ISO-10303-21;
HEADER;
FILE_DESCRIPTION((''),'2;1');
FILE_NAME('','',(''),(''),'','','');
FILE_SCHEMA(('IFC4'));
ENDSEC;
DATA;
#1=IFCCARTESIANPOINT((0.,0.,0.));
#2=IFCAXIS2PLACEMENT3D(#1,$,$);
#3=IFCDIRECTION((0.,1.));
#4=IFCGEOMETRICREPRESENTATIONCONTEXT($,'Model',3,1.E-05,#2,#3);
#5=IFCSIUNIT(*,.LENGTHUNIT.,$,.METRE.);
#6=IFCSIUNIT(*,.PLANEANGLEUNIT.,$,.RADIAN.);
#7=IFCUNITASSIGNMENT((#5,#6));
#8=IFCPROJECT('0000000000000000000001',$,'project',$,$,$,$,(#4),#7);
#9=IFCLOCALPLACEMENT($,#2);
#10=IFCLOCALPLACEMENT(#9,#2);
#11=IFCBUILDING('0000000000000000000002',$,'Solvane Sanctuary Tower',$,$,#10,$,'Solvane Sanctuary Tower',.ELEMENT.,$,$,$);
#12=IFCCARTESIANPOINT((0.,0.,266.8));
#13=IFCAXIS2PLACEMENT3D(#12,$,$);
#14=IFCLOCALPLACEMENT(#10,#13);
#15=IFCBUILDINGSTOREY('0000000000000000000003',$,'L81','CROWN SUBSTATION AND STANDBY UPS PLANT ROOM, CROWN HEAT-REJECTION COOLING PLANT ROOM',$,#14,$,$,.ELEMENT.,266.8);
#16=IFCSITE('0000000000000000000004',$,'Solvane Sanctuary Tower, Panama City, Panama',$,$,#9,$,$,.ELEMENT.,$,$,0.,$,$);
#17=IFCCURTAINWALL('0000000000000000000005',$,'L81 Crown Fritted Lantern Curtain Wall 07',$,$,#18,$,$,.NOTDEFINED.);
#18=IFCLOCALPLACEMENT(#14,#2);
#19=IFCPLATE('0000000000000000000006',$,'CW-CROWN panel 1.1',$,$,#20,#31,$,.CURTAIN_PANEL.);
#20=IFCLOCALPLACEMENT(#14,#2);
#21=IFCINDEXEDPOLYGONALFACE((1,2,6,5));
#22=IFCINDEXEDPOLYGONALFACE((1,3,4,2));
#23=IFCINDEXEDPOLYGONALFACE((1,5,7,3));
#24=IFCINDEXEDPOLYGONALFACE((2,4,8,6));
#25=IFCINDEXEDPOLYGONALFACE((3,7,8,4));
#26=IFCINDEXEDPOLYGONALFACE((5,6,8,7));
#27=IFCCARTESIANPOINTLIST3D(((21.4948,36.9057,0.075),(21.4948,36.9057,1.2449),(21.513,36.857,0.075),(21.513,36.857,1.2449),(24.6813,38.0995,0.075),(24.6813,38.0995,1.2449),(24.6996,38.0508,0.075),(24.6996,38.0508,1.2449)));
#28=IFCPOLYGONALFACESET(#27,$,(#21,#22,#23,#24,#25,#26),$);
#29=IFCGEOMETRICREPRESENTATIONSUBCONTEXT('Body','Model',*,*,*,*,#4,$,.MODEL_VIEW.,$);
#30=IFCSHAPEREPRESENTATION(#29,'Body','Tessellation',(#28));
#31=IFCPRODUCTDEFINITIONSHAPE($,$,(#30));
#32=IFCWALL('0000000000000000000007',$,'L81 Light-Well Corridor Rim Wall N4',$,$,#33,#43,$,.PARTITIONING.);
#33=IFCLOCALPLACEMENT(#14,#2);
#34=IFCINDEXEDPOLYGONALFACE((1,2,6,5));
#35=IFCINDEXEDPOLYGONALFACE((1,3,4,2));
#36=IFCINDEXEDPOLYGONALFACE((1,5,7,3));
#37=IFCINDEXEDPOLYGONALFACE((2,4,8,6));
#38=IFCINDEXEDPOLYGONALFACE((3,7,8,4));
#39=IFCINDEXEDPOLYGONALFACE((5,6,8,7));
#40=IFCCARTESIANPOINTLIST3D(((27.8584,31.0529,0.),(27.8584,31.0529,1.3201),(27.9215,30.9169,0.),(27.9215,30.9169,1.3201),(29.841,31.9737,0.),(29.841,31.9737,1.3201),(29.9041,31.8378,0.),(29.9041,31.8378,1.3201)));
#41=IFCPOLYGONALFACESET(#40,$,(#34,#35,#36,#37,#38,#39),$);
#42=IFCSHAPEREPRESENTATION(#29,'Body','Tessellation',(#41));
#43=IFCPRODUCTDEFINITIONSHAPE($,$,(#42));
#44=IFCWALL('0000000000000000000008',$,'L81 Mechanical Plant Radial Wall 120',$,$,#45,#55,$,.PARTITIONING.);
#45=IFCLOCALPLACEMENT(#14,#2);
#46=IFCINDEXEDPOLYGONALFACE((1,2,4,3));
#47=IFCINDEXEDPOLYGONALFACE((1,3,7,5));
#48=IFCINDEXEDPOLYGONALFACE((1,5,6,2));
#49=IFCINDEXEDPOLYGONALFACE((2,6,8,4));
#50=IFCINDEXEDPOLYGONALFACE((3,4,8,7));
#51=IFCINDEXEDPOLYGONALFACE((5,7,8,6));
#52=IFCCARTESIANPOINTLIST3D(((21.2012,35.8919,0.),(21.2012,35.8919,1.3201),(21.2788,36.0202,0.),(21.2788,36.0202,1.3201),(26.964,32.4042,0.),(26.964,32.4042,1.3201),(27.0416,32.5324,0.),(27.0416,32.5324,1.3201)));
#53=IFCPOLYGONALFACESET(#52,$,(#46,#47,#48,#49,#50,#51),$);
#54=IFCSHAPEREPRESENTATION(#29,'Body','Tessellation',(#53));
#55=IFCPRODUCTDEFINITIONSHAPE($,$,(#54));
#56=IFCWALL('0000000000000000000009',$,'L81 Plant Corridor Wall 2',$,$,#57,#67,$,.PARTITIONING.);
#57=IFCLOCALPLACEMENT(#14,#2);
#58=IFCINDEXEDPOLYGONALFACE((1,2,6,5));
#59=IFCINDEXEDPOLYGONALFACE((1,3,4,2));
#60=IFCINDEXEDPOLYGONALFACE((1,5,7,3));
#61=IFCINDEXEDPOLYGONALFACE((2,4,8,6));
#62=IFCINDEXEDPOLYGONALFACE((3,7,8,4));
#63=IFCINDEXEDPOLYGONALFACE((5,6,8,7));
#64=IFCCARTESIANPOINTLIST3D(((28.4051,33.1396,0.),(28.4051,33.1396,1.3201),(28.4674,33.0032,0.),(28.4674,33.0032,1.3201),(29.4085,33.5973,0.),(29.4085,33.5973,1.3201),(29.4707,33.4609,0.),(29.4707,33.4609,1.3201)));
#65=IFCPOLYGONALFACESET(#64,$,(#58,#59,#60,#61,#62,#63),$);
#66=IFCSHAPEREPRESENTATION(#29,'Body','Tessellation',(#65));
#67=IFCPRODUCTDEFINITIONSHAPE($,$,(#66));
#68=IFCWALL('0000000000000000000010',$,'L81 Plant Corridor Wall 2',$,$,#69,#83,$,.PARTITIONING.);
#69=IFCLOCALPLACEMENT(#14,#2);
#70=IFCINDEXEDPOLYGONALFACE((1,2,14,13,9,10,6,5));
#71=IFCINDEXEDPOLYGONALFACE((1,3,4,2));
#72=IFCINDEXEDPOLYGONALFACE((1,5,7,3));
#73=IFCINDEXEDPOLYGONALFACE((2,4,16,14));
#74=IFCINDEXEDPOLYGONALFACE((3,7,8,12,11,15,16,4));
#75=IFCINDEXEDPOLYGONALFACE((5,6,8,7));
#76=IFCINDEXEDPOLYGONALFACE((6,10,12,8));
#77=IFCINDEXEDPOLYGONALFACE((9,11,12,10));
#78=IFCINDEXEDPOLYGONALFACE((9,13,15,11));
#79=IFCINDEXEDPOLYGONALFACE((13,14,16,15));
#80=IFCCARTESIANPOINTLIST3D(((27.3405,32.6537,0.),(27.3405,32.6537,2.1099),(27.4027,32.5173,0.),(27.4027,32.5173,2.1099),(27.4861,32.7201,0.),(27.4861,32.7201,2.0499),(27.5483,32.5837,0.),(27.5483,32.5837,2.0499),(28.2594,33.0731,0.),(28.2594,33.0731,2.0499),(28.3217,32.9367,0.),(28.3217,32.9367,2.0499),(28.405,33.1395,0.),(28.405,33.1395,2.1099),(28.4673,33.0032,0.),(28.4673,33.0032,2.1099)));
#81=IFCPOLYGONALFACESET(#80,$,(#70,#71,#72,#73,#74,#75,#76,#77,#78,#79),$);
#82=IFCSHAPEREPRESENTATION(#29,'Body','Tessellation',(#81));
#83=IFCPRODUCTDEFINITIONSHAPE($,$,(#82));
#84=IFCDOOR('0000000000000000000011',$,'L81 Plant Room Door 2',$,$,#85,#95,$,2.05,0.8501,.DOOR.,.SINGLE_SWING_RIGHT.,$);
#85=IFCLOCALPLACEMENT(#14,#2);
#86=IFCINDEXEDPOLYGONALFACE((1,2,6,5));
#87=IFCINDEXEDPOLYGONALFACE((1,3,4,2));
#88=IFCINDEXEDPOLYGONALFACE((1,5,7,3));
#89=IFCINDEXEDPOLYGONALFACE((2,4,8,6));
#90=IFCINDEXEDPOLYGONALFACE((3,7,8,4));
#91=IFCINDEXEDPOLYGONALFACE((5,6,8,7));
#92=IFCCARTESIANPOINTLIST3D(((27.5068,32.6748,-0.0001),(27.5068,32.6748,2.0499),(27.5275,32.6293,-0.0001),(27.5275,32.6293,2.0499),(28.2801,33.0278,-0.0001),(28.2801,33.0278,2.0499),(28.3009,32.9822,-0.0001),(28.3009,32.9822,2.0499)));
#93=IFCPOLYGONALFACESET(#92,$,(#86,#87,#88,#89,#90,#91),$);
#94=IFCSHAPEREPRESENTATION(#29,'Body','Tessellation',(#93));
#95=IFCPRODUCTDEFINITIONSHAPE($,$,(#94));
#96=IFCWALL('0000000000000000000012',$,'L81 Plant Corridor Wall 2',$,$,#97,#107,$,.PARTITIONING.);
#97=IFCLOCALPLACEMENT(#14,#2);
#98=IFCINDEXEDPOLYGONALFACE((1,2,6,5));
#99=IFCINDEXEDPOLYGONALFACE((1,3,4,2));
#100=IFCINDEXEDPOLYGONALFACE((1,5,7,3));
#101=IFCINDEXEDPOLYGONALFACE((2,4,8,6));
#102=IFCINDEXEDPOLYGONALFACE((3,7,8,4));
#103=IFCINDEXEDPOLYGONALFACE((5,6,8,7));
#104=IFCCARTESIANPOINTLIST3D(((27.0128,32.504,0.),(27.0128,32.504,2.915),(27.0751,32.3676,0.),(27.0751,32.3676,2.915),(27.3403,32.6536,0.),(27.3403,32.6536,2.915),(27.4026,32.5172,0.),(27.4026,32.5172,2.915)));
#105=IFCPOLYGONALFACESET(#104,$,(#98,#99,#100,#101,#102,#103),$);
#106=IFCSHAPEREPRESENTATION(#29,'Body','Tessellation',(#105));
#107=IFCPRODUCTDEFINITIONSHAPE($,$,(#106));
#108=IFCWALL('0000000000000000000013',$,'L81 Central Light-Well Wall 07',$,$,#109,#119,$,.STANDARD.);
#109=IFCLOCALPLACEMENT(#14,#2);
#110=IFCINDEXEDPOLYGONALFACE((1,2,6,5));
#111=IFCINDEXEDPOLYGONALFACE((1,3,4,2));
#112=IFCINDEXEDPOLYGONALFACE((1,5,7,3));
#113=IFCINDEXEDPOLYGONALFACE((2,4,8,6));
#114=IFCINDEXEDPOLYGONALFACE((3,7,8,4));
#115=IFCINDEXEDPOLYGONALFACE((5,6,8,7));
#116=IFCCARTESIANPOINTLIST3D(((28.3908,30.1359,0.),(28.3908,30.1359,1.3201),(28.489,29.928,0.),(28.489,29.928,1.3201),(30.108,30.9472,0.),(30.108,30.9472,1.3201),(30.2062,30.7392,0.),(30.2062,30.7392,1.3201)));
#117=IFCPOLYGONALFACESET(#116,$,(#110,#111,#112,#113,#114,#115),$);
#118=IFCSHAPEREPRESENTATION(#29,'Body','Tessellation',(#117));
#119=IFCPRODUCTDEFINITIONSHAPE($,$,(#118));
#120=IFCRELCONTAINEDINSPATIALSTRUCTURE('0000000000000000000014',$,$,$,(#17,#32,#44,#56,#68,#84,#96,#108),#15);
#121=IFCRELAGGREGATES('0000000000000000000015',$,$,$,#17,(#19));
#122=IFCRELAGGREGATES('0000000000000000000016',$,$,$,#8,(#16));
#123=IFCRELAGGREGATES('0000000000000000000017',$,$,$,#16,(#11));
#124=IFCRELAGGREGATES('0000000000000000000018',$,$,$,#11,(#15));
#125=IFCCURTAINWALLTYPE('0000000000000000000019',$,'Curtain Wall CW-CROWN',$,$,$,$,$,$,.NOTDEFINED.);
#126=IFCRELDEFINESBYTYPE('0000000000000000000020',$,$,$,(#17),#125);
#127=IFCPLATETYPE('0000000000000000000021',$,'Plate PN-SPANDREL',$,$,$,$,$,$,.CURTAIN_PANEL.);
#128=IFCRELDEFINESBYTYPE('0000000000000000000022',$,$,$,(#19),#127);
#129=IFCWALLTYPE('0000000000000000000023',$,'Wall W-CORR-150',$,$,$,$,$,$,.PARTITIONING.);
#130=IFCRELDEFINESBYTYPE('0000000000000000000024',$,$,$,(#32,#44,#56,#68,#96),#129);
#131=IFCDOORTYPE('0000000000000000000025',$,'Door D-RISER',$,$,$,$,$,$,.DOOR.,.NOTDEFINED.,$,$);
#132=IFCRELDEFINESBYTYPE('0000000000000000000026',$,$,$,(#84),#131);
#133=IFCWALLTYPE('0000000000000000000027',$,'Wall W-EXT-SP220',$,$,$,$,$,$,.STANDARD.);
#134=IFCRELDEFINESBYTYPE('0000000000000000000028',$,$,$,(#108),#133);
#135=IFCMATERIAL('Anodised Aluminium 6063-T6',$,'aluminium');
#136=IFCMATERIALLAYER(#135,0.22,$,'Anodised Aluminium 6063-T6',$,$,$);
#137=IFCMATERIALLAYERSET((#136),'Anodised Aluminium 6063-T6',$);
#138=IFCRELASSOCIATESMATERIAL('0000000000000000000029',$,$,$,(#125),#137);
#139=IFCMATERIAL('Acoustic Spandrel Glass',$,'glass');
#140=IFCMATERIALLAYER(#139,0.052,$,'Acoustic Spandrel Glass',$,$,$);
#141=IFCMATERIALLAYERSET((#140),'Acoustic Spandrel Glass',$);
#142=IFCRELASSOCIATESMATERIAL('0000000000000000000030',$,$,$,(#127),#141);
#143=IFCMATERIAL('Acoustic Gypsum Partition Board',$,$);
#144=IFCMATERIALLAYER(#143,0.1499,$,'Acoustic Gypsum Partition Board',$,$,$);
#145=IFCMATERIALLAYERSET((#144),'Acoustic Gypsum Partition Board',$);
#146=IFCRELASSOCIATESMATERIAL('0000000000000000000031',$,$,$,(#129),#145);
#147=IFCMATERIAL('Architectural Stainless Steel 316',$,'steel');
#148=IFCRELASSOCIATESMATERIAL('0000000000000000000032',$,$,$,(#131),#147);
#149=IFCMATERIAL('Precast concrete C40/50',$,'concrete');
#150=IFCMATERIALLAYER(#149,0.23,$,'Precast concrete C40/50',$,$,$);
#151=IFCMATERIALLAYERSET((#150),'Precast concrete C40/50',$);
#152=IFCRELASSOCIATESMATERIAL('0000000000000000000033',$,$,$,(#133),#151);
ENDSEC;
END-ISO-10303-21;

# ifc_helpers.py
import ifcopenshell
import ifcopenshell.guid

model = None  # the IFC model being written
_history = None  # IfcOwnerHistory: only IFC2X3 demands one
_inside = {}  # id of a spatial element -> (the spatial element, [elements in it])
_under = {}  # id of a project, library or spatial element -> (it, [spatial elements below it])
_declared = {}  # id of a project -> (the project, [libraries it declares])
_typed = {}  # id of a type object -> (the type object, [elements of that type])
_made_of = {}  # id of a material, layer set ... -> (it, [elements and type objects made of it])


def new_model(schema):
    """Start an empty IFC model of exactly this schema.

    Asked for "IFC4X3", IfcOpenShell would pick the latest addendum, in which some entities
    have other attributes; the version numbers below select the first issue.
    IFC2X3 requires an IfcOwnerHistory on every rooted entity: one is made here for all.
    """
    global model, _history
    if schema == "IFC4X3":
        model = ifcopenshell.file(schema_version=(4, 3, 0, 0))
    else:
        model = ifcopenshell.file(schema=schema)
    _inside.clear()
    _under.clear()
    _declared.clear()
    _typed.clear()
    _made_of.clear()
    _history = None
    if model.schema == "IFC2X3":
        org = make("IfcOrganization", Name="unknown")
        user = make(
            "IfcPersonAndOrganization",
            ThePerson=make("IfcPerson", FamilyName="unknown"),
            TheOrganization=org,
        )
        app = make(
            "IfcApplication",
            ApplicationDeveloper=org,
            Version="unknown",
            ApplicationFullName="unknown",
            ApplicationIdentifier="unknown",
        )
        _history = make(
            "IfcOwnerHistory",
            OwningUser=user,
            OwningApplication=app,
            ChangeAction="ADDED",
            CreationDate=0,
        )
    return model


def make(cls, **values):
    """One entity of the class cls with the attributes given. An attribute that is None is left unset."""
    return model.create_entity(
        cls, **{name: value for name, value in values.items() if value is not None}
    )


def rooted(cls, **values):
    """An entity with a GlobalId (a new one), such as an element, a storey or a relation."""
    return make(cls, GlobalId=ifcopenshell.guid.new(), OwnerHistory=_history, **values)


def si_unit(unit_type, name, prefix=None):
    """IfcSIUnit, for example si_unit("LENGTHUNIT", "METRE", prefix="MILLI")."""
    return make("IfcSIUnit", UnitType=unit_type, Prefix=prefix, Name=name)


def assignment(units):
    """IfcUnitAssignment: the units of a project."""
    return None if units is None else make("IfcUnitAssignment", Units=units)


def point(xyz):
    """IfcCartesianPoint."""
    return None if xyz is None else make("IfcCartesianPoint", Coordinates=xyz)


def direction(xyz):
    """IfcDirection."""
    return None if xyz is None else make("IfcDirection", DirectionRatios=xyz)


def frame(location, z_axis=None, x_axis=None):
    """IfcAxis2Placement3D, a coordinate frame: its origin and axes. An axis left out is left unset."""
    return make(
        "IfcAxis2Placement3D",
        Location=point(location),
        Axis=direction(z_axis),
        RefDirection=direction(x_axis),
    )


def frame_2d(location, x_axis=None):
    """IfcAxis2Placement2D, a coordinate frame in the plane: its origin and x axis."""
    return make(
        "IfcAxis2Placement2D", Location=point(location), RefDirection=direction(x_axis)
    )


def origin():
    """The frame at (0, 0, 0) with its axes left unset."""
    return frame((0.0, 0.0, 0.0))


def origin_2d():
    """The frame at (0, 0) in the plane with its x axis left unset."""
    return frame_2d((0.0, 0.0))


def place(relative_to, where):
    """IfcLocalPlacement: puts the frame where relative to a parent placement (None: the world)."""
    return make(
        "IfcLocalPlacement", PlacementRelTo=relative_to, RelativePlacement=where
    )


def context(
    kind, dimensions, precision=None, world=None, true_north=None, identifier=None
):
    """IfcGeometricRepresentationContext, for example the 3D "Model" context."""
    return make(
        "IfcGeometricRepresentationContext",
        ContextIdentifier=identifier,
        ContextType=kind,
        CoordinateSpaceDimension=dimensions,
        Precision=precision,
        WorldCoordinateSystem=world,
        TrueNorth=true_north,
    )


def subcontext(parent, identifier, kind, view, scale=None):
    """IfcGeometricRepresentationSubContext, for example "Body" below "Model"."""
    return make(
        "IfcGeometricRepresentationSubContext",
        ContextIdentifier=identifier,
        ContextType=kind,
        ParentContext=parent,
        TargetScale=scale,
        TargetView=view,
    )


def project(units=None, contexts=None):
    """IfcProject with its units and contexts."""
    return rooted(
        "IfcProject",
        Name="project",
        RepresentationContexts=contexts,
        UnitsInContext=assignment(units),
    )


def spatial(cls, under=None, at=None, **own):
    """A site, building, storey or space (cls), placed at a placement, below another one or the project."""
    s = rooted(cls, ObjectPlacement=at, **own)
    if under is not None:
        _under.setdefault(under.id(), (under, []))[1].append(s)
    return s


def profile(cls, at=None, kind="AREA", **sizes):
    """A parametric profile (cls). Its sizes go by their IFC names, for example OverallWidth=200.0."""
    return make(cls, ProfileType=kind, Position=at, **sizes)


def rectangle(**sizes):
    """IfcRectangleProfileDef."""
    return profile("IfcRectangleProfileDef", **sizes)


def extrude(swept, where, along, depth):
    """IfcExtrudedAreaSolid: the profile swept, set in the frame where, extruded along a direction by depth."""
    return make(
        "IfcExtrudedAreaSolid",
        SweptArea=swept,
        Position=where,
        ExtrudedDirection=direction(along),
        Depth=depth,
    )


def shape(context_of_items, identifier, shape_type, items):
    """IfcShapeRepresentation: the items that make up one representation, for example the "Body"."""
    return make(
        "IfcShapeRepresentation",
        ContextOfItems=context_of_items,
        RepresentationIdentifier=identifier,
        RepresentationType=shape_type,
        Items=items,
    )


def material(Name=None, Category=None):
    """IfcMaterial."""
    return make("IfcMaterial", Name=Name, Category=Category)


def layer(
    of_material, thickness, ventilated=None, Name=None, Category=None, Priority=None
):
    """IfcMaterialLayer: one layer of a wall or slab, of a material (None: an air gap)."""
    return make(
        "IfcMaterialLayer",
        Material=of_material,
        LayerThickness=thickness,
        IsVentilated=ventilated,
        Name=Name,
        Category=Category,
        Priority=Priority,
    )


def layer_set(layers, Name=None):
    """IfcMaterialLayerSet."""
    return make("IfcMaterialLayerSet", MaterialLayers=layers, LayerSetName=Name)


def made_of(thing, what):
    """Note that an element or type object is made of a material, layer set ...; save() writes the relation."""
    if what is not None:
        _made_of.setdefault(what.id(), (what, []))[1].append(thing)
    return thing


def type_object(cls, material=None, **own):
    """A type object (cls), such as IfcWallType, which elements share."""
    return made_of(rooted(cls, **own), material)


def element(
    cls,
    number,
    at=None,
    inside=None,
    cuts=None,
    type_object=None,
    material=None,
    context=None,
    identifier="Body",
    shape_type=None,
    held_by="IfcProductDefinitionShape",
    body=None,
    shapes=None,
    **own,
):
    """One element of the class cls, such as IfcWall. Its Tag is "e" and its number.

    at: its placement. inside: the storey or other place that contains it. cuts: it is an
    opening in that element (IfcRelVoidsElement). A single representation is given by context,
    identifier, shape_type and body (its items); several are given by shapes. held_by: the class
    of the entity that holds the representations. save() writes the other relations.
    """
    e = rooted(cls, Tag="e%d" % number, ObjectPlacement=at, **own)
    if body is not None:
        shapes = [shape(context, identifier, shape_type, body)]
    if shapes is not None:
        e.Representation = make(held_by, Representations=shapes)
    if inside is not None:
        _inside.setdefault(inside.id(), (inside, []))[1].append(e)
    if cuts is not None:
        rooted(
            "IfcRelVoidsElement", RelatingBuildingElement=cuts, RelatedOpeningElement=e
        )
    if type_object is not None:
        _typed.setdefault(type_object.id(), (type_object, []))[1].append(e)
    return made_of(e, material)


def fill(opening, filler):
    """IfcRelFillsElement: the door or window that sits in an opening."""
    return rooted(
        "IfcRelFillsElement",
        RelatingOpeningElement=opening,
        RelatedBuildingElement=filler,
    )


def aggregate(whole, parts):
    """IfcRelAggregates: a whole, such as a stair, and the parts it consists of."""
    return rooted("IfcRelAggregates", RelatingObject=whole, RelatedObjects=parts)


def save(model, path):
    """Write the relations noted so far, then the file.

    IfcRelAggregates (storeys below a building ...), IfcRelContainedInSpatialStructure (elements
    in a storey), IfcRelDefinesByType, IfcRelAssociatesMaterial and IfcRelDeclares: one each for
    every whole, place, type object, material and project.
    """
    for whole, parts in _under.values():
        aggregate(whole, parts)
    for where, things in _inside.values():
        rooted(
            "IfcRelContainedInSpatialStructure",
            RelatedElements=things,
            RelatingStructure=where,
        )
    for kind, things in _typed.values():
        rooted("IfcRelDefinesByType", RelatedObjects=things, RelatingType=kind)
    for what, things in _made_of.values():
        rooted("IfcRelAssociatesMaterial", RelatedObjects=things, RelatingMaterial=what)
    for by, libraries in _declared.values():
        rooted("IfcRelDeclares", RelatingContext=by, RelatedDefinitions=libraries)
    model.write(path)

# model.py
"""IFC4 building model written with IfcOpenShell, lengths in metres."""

from ifc_helpers import new_model, si_unit, direction, frame, frame_2d, origin, origin_2d, place, context, subcontext, project, spatial, rectangle, extrude, material, layer, layer_set, type_object, element, fill, aggregate, save


model = new_model("IFC4")

# Units and contexts
model_context = context("Model", 3, precision=1e-05, world=origin(), true_north=direction((0.0, 1.0)))
body_context = subcontext(model_context, "Body", "Model", "MODEL_VIEW")
ifc_project = project(units=[si_unit("LENGTHUNIT", "METRE"), si_unit("PLANEANGLEUNIT", "RADIAN")], contexts=[model_context])

# Site, building, storey
site_placement = place(None, origin())
site = spatial("IfcSite", under=ifc_project, at=site_placement, Name="Solvane Sanctuary Tower, Panama City, Panama", CompositionType="ELEMENT", RefElevation=0.0)
building_placement = place(site_placement, origin())
building = spatial("IfcBuilding", under=site, at=building_placement, Name="Solvane Sanctuary Tower", LongName="Solvane Sanctuary Tower", CompositionType="ELEMENT")
storey_placement = place(building_placement, frame((0.0, 0.0, 266.8)))
storey = spatial("IfcBuildingStorey", under=building, at=storey_placement, Name="L81", Description="CROWN SUBSTATION AND STANDBY UPS PLANT ROOM, CROWN HEAT-REJECTION COOLING PLANT ROOM", CompositionType="ELEMENT", Elevation=266.8)

# Curtain wall, plate
ifc_material_1 = material(Name="Anodised Aluminium 6063-T6", Category="aluminium")
ifc_layer_1 = layer(ifc_material_1, 0.22, Name="Anodised Aluminium 6063-T6")
ifc_layer_set_1 = layer_set([ifc_layer_1], Name="Anodised Aluminium 6063-T6")
curtain_wall_type = type_object("IfcCurtainWallType", Name="Curtain Wall CW-CROWN", PredefinedType="NOTDEFINED", material=ifc_layer_set_1)
curtain_wall_placement = place(storey_placement, origin())
curtain_wall = element("IfcCurtainWall", 1, at=curtain_wall_placement, inside=storey, type_object=curtain_wall_type, Name="L81 Crown Fritted Lantern Curtain Wall 07", PredefinedType="NOTDEFINED")
ifc_material_2 = material(Name="Acoustic Spandrel Glass", Category="glass")
ifc_layer_2 = layer(ifc_material_2, 0.052, Name="Acoustic Spandrel Glass")
ifc_layer_set_2 = layer_set([ifc_layer_2], Name="Acoustic Spandrel Glass")
plate_type = type_object("IfcPlateType", Name="Plate PN-SPANDREL", PredefinedType="CURTAIN_PANEL", material=ifc_layer_set_2)
plate_placement = place(storey_placement, frame((23.0972, 37.4783, 0.075), z_axis=(0.0, 0.0, 1.0), x_axis=(-0.936437, -0.350837, 0.0)))
plate = element("IfcPlate", 2, at=plate_placement, type_object=plate_type, Name="CW-CROWN panel 1.1", PredefinedType="CURTAIN_PANEL", context=body_context, shape_type="SweptSolid", body=[
    extrude(rectangle(XDim=3.4028, YDim=0.052, at=origin_2d()), origin(), (0.0, 0.0, 1.0), 1.1699),
])
aggregate(curtain_wall, [plate])

# Walls
ifc_material_3 = material(Name="Acoustic Gypsum Partition Board")
ifc_layer_3 = layer(ifc_material_3, 0.1499, Name="Acoustic Gypsum Partition Board")
ifc_layer_set_3 = layer_set([ifc_layer_3], Name="Acoustic Gypsum Partition Board")
wall_type_1 = type_object("IfcWallType", Name="Wall W-CORR-150", PredefinedType="PARTITIONING", material=ifc_layer_set_3)
wall_1_placement = place(storey_placement, frame((29.8726, 31.9058, 0.0), z_axis=(0.0, 0.0, 1.0), x_axis=(-0.906943, -0.421252, 0.0)))
element("IfcWall", 3, at=wall_1_placement, inside=storey, type_object=wall_type_1, Name="L81 Light-Well Corridor Rim Wall N4", PredefinedType="PARTITIONING", context=body_context, shape_type="SweptSolid", body=[
    extrude(rectangle(XDim=2.186, YDim=0.1499, at=frame_2d((1.093, 0.0))), origin(), (0.0, 0.0, 1.0), 1.3201),
])
wall_2_placement = place(storey_placement, frame((27.0029, 32.4683, 0.0), z_axis=(0.0, 0.0, 1.0), x_axis=(-0.85552, 0.51777, 0.0)))
element("IfcWall", 4, at=wall_2_placement, inside=storey, type_object=wall_type_1, Name="L81 Mechanical Plant Radial Wall 120", PredefinedType="PARTITIONING", context=body_context, shape_type="SweptSolid", body=[
    extrude(rectangle(XDim=6.7361, YDim=0.1499, at=frame_2d((3.3682, 0.0))), origin(), (0.0, 0.0, 1.0), 1.3201),
])
wall_3_placement = place(storey_placement, frame((29.4395, 33.5291, 0.0), z_axis=(0.0, 0.0, 1.0), x_axis=(-0.909797, -0.415053, 0.0)))
element("IfcWall", 5, at=wall_3_placement, inside=storey, type_object=wall_type_1, Name="L81 Plant Corridor Wall 2", PredefinedType="PARTITIONING", context=body_context, shape_type="SweptSolid", body=[
    extrude(rectangle(XDim=1.1028, YDim=0.1499, at=frame_2d((0.5513, 0.0))), origin(), (0.0, 0.0, 1.0), 1.3201),
])

# Wall, opening, door
wall_4_placement = place(storey_placement, frame((28.436, 33.0713, 0.0), z_axis=(0.0, 0.0, 1.0), x_axis=(-0.909722, -0.415217, 0.0)))
wall_4 = element("IfcWall", 6, at=wall_4_placement, inside=storey, type_object=wall_type_1, Name="L81 Plant Corridor Wall 2", PredefinedType="PARTITIONING", context=body_context, shape_type="SweptSolid", body=[
    extrude(rectangle(XDim=1.1702, YDim=0.1499, at=frame_2d((0.585, 0.0))), origin(), (0.0, 0.0, 1.0), 2.1099),
])
opening_placement = place(wall_4_placement, frame((0.1599, 0.0, 0.0)))
opening = element("IfcOpeningElement", 7, at=opening_placement, cuts=wall_4, PredefinedType="OPENING", context=body_context, shape_type="SweptSolid", body=[
    extrude(rectangle(XDim=0.8501, YDim=2.05, at=frame_2d((0.425, 1.0249))), frame((0.0, 0.085, 0.0), z_axis=(0.0, -1.0, 0.0), x_axis=(1.0, 0.0, 0.0)), (0.0, 0.0, 1.0), 0.1699),
])
ifc_material_4 = material(Name="Architectural Stainless Steel 316", Category="steel")
door_type = type_object("IfcDoorType", Name="Door D-RISER", OperationType="NOTDEFINED", PredefinedType="DOOR", material=ifc_material_4)
door_placement = place(opening_placement, origin())
door = element("IfcDoor", 8, at=door_placement, inside=storey, type_object=door_type, Name="L81 Plant Room Door 2", OperationType="SINGLE_SWING_RIGHT", OverallHeight=2.05, OverallWidth=0.8501, PredefinedType="DOOR", context=body_context, shape_type="SweptSolid", body=[
    extrude(rectangle(XDim=0.8501, YDim=2.05, at=frame_2d((0.425, 1.0249))), frame((0.0, 0.0249, 0.0), z_axis=(0.0, -1.0, 0.0), x_axis=(1.0, 0.0, 0.0)), (0.0, 0.0, 1.0), 0.05),
])
fill(opening, door)

# Walls
wall_5_placement = place(storey_placement, frame((27.3716, 32.5854, 0.0), z_axis=(0.0, 0.0, 1.0), x_axis=(-0.909599, -0.415487, 0.0)))
element("IfcWall", 9, at=wall_5_placement, inside=storey, type_object=wall_type_1, Name="L81 Plant Corridor Wall 2", PredefinedType="PARTITIONING", context=body_context, shape_type="SweptSolid", body=[
    extrude(rectangle(XDim=0.3601, YDim=0.1499, at=frame_2d((0.1802, 0.0))), origin(), (0.0, 0.0, 1.0), 2.915),
])
ifc_material_5 = material(Name="Precast concrete C40/50", Category="concrete")
ifc_layer_4 = layer(ifc_material_5, 0.23, Name="Precast concrete C40/50")
ifc_layer_set_4 = layer_set([ifc_layer_4], Name="Precast concrete C40/50")
wall_type_2 = type_object("IfcWallType", Name="Wall W-EXT-SP220", PredefinedType="STANDARD", material=ifc_layer_set_4)
wall_6_placement = place(storey_placement, frame((30.1572, 30.8433, 0.0), z_axis=(0.0, 0.0, 1.0), x_axis=(-0.90418, -0.427152, 0.0)))
element("IfcWall", 10, at=wall_6_placement, inside=storey, type_object=wall_type_2, Name="L81 Central Light-Well Wall 07", PredefinedType="STANDARD", context=body_context, shape_type="SweptSolid", body=[
    extrude(rectangle(XDim=1.8992, YDim=0.23, at=frame_2d((0.9497, 0.0))), origin(), (0.0, 0.0, 1.0), 1.3201),
])

save(model, "model.ifc")
